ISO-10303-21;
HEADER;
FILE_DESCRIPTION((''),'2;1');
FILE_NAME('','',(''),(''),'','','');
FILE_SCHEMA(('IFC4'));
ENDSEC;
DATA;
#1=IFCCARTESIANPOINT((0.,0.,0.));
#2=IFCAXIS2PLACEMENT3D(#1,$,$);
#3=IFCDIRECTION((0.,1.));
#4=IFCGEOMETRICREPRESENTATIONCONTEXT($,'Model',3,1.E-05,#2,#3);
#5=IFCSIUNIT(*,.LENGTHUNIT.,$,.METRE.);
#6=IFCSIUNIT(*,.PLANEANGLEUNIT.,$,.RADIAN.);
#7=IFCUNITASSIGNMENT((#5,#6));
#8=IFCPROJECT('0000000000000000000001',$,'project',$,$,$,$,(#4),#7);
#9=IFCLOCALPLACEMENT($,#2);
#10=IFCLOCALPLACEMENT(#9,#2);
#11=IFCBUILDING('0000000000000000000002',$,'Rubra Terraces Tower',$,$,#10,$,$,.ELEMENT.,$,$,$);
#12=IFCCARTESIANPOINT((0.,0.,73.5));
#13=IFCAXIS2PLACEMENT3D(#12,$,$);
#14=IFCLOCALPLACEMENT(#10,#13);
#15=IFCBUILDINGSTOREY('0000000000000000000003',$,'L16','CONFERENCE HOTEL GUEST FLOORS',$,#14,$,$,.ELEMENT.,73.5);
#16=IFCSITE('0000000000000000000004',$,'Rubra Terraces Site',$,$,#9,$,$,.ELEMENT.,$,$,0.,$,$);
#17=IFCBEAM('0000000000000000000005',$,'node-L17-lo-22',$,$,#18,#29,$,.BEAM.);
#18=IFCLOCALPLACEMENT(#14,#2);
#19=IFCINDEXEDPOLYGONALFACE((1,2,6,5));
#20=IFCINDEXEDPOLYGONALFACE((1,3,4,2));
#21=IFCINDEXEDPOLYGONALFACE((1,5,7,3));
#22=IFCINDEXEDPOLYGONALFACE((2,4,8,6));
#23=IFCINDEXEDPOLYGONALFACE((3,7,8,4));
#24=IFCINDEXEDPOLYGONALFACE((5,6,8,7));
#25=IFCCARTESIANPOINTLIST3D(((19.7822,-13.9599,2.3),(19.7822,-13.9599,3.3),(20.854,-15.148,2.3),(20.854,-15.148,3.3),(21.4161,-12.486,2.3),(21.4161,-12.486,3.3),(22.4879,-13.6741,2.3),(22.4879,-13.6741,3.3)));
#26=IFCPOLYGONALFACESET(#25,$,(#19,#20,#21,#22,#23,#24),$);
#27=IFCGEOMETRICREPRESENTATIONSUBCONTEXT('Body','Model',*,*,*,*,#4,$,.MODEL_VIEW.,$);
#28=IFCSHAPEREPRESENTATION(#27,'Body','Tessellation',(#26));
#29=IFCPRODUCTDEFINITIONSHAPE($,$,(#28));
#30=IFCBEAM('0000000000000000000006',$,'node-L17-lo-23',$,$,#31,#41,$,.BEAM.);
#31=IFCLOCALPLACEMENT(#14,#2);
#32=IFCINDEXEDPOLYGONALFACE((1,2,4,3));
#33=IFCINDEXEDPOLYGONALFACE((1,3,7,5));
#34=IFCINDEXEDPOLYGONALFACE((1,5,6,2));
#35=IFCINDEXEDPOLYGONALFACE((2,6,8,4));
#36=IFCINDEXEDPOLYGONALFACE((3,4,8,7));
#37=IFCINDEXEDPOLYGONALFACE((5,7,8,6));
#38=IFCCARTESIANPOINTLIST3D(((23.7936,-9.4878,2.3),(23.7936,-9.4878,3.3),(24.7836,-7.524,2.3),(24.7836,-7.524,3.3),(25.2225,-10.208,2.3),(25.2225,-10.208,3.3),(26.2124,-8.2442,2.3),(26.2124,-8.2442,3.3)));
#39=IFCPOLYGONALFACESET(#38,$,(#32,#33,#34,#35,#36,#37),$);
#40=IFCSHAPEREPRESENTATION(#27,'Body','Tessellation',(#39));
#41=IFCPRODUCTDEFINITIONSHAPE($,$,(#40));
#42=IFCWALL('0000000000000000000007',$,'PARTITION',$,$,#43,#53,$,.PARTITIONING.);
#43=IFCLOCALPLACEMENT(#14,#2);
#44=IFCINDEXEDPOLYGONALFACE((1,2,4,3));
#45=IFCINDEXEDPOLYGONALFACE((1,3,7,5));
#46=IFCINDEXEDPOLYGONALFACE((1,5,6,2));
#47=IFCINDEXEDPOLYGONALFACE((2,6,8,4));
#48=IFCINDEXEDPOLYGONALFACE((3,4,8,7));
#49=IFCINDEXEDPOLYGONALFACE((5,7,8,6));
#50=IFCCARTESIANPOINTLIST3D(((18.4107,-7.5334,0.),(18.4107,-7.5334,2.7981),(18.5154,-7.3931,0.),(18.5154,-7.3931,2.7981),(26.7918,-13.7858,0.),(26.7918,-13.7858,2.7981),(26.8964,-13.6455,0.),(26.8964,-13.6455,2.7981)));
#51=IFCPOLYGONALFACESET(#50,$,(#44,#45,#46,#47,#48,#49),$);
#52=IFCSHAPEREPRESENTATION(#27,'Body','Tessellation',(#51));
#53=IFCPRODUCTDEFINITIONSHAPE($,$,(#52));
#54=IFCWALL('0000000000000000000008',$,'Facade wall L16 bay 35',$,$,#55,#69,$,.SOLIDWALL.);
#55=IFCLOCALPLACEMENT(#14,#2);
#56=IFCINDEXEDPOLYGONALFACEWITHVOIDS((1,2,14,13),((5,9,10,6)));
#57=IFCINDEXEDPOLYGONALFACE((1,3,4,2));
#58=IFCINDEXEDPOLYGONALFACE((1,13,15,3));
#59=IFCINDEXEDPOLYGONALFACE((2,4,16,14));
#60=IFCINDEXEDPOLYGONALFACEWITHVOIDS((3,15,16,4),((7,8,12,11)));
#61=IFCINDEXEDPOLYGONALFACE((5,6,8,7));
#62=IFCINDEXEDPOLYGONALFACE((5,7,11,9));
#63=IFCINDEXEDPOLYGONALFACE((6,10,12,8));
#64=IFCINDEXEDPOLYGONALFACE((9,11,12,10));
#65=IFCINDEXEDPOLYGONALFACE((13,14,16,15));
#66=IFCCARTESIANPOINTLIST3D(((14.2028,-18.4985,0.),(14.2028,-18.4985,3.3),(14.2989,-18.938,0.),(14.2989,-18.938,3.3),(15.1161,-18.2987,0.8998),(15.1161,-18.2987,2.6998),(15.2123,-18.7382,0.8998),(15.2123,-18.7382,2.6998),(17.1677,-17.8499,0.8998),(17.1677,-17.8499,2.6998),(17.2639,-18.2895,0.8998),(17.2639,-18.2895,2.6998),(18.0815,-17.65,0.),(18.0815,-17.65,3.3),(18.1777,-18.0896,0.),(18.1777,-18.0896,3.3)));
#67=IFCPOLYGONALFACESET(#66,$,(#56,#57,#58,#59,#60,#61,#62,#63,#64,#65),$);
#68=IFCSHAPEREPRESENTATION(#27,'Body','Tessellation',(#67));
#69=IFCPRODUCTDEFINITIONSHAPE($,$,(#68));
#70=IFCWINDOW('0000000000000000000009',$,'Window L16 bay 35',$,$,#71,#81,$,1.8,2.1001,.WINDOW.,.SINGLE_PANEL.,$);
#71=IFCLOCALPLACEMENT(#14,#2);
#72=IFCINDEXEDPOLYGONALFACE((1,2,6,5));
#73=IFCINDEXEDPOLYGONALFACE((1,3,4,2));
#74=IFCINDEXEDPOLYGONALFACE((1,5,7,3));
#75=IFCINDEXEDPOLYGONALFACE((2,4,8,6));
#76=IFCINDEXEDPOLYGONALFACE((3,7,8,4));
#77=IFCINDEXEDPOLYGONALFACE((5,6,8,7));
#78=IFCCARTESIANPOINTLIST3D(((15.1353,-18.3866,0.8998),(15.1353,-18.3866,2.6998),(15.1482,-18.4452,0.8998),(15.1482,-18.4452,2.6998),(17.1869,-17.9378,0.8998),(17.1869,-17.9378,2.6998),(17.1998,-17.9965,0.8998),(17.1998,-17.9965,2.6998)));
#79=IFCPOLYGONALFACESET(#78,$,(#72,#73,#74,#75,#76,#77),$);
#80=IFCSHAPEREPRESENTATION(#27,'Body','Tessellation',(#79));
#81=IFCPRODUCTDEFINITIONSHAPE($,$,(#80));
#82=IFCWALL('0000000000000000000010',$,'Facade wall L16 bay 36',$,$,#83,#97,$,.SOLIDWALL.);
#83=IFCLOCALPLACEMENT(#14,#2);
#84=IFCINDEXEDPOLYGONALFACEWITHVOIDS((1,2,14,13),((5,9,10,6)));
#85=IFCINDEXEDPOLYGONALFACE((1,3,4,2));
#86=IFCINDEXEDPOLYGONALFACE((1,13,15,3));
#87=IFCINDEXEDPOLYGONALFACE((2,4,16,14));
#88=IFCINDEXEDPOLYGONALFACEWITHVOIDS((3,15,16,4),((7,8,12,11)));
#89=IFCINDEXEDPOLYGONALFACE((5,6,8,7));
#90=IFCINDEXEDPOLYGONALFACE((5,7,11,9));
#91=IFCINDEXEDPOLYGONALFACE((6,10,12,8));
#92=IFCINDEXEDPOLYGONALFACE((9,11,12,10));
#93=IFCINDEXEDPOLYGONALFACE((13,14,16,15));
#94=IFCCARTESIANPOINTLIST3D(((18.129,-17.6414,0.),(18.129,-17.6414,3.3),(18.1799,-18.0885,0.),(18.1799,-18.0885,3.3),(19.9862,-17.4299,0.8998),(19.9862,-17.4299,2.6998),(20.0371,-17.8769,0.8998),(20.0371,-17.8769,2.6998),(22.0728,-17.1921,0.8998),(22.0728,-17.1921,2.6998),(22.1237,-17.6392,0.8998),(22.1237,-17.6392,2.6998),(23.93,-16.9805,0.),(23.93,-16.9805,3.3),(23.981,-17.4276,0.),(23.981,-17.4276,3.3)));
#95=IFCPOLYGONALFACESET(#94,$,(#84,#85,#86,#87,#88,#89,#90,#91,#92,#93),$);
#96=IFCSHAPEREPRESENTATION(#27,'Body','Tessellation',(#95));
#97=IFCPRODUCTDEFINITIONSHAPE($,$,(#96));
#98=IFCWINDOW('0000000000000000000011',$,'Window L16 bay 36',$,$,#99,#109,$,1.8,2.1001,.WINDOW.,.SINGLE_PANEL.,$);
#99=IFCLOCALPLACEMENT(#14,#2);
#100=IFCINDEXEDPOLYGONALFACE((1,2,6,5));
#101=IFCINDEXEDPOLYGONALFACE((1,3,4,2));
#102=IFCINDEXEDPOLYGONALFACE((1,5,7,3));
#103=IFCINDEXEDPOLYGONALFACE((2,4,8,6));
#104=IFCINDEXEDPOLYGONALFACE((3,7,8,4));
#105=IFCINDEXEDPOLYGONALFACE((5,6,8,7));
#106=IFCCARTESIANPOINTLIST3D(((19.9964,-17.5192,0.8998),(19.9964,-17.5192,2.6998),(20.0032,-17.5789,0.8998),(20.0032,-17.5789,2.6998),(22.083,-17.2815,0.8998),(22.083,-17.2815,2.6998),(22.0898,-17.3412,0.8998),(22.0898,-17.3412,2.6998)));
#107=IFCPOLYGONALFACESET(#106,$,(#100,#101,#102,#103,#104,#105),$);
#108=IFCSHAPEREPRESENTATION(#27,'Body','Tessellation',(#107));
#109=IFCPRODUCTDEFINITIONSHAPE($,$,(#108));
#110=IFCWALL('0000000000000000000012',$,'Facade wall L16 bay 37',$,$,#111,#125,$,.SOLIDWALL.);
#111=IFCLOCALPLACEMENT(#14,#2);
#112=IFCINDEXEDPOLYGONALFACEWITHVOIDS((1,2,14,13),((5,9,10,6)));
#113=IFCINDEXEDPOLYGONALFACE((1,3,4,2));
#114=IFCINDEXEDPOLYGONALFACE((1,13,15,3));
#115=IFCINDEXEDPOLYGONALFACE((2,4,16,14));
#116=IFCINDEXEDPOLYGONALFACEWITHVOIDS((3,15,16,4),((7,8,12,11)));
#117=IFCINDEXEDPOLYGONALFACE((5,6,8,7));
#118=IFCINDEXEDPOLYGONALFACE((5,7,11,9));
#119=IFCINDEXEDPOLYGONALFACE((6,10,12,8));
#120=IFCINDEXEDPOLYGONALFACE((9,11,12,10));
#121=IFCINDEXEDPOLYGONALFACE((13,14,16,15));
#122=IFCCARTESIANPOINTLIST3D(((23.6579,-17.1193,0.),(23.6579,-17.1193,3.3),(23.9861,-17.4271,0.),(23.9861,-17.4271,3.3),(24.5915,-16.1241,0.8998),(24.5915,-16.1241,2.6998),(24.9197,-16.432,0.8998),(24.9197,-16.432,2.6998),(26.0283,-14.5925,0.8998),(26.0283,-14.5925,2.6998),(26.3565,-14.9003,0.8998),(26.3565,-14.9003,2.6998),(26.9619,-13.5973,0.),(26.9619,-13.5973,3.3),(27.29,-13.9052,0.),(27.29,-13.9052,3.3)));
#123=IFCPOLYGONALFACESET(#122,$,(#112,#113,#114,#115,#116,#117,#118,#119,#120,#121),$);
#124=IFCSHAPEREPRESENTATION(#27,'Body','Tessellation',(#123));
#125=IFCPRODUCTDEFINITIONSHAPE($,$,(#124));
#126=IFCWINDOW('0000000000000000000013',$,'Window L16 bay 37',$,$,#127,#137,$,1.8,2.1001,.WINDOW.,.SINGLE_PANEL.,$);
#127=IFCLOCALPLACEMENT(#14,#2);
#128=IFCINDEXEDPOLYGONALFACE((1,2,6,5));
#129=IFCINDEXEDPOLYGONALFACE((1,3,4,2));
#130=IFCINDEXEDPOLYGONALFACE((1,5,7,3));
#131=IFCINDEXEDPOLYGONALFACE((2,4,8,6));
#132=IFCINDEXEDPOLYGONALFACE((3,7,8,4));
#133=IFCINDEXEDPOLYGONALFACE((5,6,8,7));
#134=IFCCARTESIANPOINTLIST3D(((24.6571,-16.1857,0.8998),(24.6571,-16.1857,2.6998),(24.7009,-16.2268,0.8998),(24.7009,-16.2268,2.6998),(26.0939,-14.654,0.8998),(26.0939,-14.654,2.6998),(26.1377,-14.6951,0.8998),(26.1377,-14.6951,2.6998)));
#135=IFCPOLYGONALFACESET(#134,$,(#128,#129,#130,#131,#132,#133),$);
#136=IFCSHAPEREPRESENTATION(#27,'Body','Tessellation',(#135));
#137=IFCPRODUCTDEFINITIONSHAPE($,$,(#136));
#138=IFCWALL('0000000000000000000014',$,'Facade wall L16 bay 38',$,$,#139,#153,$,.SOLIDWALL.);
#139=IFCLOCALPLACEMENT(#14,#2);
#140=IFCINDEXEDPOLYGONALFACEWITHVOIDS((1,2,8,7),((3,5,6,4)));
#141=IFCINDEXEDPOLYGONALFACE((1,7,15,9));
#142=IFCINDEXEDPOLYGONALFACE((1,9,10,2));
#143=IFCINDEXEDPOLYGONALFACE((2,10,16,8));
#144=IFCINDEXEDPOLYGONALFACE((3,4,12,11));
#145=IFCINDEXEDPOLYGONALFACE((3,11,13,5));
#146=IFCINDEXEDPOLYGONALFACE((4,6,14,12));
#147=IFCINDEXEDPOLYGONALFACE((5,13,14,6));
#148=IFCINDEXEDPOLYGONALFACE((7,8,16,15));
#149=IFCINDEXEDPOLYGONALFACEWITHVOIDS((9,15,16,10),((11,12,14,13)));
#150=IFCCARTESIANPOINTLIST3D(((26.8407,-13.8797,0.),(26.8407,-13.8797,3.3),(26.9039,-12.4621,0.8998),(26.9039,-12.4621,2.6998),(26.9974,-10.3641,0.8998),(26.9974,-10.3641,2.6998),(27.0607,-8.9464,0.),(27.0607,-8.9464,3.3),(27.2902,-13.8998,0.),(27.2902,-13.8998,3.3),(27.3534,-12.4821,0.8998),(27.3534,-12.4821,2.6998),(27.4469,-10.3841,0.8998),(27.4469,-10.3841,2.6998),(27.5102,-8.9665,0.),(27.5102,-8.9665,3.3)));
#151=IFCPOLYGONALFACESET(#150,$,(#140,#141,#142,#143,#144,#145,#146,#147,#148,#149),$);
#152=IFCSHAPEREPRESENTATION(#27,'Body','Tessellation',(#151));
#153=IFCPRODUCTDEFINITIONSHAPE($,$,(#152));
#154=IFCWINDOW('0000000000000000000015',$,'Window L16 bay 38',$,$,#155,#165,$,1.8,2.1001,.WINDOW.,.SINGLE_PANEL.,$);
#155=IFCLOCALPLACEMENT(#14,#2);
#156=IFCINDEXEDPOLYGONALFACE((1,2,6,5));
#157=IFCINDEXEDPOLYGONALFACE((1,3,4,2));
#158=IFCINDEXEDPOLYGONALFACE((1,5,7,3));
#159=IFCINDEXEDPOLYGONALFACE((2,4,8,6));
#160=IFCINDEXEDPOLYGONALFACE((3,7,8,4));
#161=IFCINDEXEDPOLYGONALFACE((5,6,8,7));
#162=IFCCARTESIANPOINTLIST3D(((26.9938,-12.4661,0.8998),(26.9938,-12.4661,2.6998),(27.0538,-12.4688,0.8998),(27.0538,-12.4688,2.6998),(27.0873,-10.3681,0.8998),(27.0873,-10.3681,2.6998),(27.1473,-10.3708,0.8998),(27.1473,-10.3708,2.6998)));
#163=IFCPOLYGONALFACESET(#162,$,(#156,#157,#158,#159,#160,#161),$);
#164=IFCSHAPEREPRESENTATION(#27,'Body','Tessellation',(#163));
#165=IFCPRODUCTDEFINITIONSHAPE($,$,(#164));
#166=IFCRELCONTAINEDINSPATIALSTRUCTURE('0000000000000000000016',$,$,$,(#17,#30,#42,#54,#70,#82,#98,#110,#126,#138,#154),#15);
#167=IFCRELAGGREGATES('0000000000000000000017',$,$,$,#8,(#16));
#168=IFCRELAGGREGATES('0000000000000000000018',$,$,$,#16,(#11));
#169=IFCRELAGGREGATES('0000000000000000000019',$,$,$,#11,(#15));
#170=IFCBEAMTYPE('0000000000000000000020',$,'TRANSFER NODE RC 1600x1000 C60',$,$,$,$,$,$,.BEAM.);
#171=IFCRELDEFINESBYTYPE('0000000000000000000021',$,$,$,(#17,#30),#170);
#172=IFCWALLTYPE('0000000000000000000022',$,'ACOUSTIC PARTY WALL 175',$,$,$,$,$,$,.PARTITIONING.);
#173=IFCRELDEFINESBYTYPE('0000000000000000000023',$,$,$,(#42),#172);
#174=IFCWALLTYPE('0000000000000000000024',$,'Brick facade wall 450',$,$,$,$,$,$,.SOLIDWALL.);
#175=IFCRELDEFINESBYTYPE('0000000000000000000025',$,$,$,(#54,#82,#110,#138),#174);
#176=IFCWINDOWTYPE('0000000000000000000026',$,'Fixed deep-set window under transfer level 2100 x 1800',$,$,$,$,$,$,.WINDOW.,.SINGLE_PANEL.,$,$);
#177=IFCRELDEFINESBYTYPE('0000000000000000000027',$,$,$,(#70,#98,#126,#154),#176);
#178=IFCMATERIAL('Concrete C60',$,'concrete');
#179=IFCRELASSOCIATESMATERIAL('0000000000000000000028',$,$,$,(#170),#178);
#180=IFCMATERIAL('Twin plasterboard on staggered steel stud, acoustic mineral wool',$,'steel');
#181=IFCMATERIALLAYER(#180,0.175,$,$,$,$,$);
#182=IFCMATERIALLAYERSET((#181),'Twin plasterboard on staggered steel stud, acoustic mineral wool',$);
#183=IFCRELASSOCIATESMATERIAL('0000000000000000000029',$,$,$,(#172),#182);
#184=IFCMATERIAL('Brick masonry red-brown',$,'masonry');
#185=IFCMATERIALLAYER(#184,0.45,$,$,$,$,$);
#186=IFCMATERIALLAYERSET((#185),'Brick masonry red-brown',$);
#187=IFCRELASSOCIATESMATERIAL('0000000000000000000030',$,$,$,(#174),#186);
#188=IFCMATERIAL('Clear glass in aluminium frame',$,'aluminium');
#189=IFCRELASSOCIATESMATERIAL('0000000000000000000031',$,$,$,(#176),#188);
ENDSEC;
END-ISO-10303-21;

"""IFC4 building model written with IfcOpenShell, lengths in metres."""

from ifc_helpers import new_model, si_unit, direction, frame, frame_2d, origin, origin_2d, place, context, subcontext, project, spatial, rectangle, extrude, material, layer, layer_set, material_profile, profile_set, type_object, element, fill, save


model = new_model("IFC4")

# Units and contexts
model_context = context("Model", 3, precision=1e-05, world=origin(), true_north=direction((0.0, 1.0)))
body_context = subcontext(model_context, "Body", "Model", "MODEL_VIEW")
ifc_project = project(units=[si_unit("LENGTHUNIT", "METRE"), si_unit("PLANEANGLEUNIT", "RADIAN")], contexts=[model_context])

# Site, building, storey
site_placement = place(None, origin())
site = spatial("IfcSite", under=ifc_project, at=site_placement, Name="Rubra Terraces Site", CompositionType="ELEMENT", RefElevation=0.0)
building_placement = place(site_placement, origin())
building = spatial("IfcBuilding", under=site, at=building_placement, Name="Rubra Terraces Tower", CompositionType="ELEMENT")
storey_placement = place(building_placement, frame((0.0, 0.0, 73.5)))
storey = spatial("IfcBuildingStorey", under=building, at=storey_placement, Name="L16", Description="CONFERENCE HOTEL GUEST FLOORS", CompositionType="ELEMENT", Elevation=73.5)

# Shared definitions
ifc_material_1 = material(Name="Concrete C60", Category="concrete")

# Beams
ifc_material_profile_1 = material_profile(ifc_material_1, rectangle(XDim=1.6001, YDim=1.0, at=origin_2d()), Name="RC 1600x1000")
ifc_profile_set_1 = profile_set([ifc_material_profile_1], Name="Concrete C60")
beam_type_1 = type_object("IfcBeamType", Name="TRANSFER NODE RC 1600x1000 C60", PredefinedType="BEAM", material=ifc_profile_set_1)
for number, where, z_axis, x_axis, name in (
    (1, (20.3181, -14.554, 2.8), (0.74251, 0.669835, 0.0), (-0.669835, 0.74251, 0.0), "node-L17-lo-22"),
):
    element("IfcBeam", number, at=place(storey_placement, frame(where, z_axis=z_axis, x_axis=x_axis)), inside=storey, type_object=beam_type_1, Name=name, PredefinedType="BEAM", context=body_context, shape_type="SweptSolid", body=[
        extrude(rectangle(XDim=1.6001, YDim=1.0, at=origin_2d()), origin(), (0.0, 0.0, 1.0), 2.2004),
    ])
beam_1_placement = place(storey_placement, frame((24.5081, -9.8479, 2.8), z_axis=(0.450142, 0.892957, 0.0), x_axis=(-0.892957, 0.450142, 0.0)))
element("IfcBeam", 2, at=beam_1_placement, inside=storey, type_object=beam_type_1, Name="node-L17-lo-23", PredefinedType="BEAM", context=body_context, shape_type="SweptSolid", body=[
    extrude(rectangle(XDim=1.6001, YDim=1.0, at=origin_2d()), origin(), (0.0, 0.0, 1.0), 2.1992),
])

# Wall
ifc_material_2 = material(Name="Twin plasterboard on staggered steel stud, acoustic mineral wool", Category="steel")
ifc_layer_1 = layer(ifc_material_2, 0.175)
ifc_layer_set_1 = layer_set([ifc_layer_1], Name="Twin plasterboard on staggered steel stud, acoustic mineral wool")
wall_type_1 = type_object("IfcWallType", Name="ACOUSTIC PARTY WALL 175", PredefinedType="PARTITIONING", material=ifc_layer_set_1)
wall_1_placement = place(storey_placement, frame((26.844, -13.7156, 0.0), z_axis=(0.0, 0.0, 1.0), x_axis=(-0.80153, 0.597955, 0.0)))
element("IfcWall", 3, at=wall_1_placement, inside=storey, type_object=wall_type_1, Name="PARTITION", PredefinedType="PARTITIONING", context=body_context, shape_type="SweptSolid", body=[
    extrude(rectangle(XDim=10.4563, YDim=0.175, at=frame_2d((5.228, 0.0))), origin(), (0.0, 0.0, 1.0), 2.7981),
])

# Walls, openings, windows
ifc_material_3 = material(Name="Brick masonry red-brown", Category="masonry")
ifc_layer_2 = layer(ifc_material_3, 0.45)
ifc_layer_set_2 = layer_set([ifc_layer_2], Name="Brick masonry red-brown")
wall_type_2 = type_object("IfcWallType", Name="Brick facade wall 450", PredefinedType="SOLIDWALL", material=ifc_layer_set_2)
wall_2_placement = place(storey_placement, frame((14.2507, -18.7183, 0.0), z_axis=(0.0, 0.0, 1.0), x_axis=(0.976904, 0.21368, 0.0)))
wall_2 = element("IfcWall", 4, at=wall_2_placement, inside=storey, type_object=wall_type_2, Name="Facade wall L16 bay 35", PredefinedType="SOLIDWALL", context=body_context, shape_type="SweptSolid", body=[
    extrude(rectangle(XDim=3.9705, YDim=0.45, at=frame_2d((1.9854, 0.0))), origin(), (0.0, 0.0, 1.0), 3.3),
])
opening_1_placement = place(wall_2_placement, frame((0.9351, 0.0, 0.8999)))
opening_1 = element("IfcOpeningElement", 5, at=opening_1_placement, cuts=wall_2, PredefinedType="OPENING", context=body_context, shape_type="SweptSolid", body=[
    extrude(rectangle(XDim=2.1001, YDim=1.8, at=frame_2d((1.05, 0.8999))), frame((0.0, 0.2349, 0.0), z_axis=(0.0, -1.0, 0.0), x_axis=(1.0, 0.0, 0.0)), (0.0, 0.0, 1.0), 0.47),
])
ifc_material_4 = material(Name="Clear glass in aluminium frame", Category="aluminium")
window_type = type_object("IfcWindowType", Name="Fixed deep-set window under transfer level 2100 x 1800", PartitioningType="SINGLE_PANEL", PredefinedType="WINDOW", material=ifc_material_4)
window_1_placement = place(opening_1_placement, origin())
window_1 = element("IfcWindow", 6, at=window_1_placement, inside=storey, type_object=window_type, Name="Window L16 bay 35", OverallHeight=1.8, OverallWidth=2.1001, PartitioningType="SINGLE_PANEL", PredefinedType="WINDOW", context=body_context, shape_type="SweptSolid", body=[
    extrude(rectangle(XDim=2.1001, YDim=1.8, at=frame_2d((1.05, 0.8999))), frame((0.0, 0.135, 0.0), z_axis=(0.0, -1.0, 0.0), x_axis=(1.0, 0.0, 0.0)), (0.0, 0.0, 1.0), 0.0601),
])
fill(opening_1, window_1)
wall_3_placement = place(storey_placement, frame((18.1543, -17.865, 0.0), z_axis=(0.0, 0.0, 1.0), x_axis=(0.993573, 0.113194, 0.0)))
wall_3 = element("IfcWall", 7, at=wall_3_placement, inside=storey, type_object=wall_type_2, Name="Facade wall L16 bay 36", PredefinedType="SOLIDWALL", context=body_context, shape_type="SweptSolid", body=[
    extrude(rectangle(XDim=5.8386, YDim=0.45, at=frame_2d((2.9194, 0.0))), origin(), (0.0, 0.0, 1.0), 3.3),
])
opening_2_placement = place(wall_3_placement, frame((1.8694, 0.0, 0.8999)))
opening_2 = element("IfcOpeningElement", 8, at=opening_2_placement, cuts=wall_3, PredefinedType="OPENING", context=body_context, shape_type="SweptSolid", body=[
    extrude(rectangle(XDim=2.1001, YDim=1.8, at=frame_2d((1.05, 0.8999))), frame((0.0, 0.2349, 0.0), z_axis=(0.0, -1.0, 0.0), x_axis=(1.0, 0.0, 0.0)), (0.0, 0.0, 1.0), 0.47),
])
window_2_placement = place(opening_2_placement, origin())
window_2 = element("IfcWindow", 9, at=window_2_placement, inside=storey, type_object=window_type, Name="Window L16 bay 36", OverallHeight=1.8, OverallWidth=2.1001, PartitioningType="SINGLE_PANEL", PredefinedType="WINDOW", context=body_context, shape_type="SweptSolid", body=[
    extrude(rectangle(XDim=2.1001, YDim=1.8, at=frame_2d((1.05, 0.8999))), frame((0.0, 0.135, 0.0), z_axis=(0.0, -1.0, 0.0), x_axis=(1.0, 0.0, 0.0)), (0.0, 0.0, 1.0), 0.0601),
])
fill(opening_2, window_2)
wall_4_placement = place(storey_placement, frame((23.822, -17.2732, 0.0), z_axis=(0.0, 0.0, 1.0), x_axis=(0.684173, 0.72932, 0.0)))
wall_4 = element("IfcWall", 10, at=wall_4_placement, inside=storey, type_object=wall_type_2, Name="Facade wall L16 bay 37", PredefinedType="SOLIDWALL", context=body_context, shape_type="SweptSolid", body=[
    extrude(rectangle(XDim=4.8291, YDim=0.45, at=frame_2d((2.4146, 0.0))), origin(), (0.0, 0.0, 1.0), 3.3),
])
opening_3_placement = place(wall_4_placement, frame((1.3645, 0.0, 0.8999)))
opening_3 = element("IfcOpeningElement", 11, at=opening_3_placement, cuts=wall_4, PredefinedType="OPENING", context=body_context, shape_type="SweptSolid", body=[
    extrude(rectangle(XDim=2.1001, YDim=1.8, at=frame_2d((1.05, 0.8999))), frame((0.0, 0.2349, 0.0), z_axis=(0.0, -1.0, 0.0), x_axis=(1.0, 0.0, 0.0)), (0.0, 0.0, 1.0), 0.47),
])
window_3_placement = place(opening_3_placement, origin())
window_3 = element("IfcWindow", 12, at=window_3_placement, inside=storey, type_object=window_type, Name="Window L16 bay 37", OverallHeight=1.8, OverallWidth=2.1001, PartitioningType="SINGLE_PANEL", PredefinedType="WINDOW", context=body_context, shape_type="SweptSolid", body=[
    extrude(rectangle(XDim=2.1001, YDim=1.8, at=frame_2d((1.05, 0.8999))), frame((0.0, 0.135, 0.0), z_axis=(0.0, -1.0, 0.0), x_axis=(1.0, 0.0, 0.0)), (0.0, 0.0, 1.0), 0.0601),
])
fill(opening_3, window_3)
wall_5_placement = place(storey_placement, frame((27.0654, -13.8899, 0.0), z_axis=(0.0, 0.0, 1.0), x_axis=(0.044544, 0.999007, 0.0)))
wall_5 = element("IfcWall", 13, at=wall_5_placement, inside=storey, type_object=wall_type_2, Name="Facade wall L16 bay 38", PredefinedType="SOLIDWALL", context=body_context, shape_type="SweptSolid", body=[
    extrude(rectangle(XDim=4.9382, YDim=0.45, at=frame_2d((2.4692, 0.0))), origin(), (0.0, 0.0, 1.0), 3.3),
])
opening_4_placement = place(wall_5_placement, frame((1.4192, 0.0, 0.8999)))
opening_4 = element("IfcOpeningElement", 14, at=opening_4_placement, cuts=wall_5, PredefinedType="OPENING", context=body_context, shape_type="SweptSolid", body=[
    extrude(rectangle(XDim=2.1001, YDim=1.8, at=frame_2d((1.05, 0.8999))), frame((0.0, 0.2349, 0.0), z_axis=(0.0, -1.0, 0.0), x_axis=(1.0, 0.0, 0.0)), (0.0, 0.0, 1.0), 0.47),
])
window_4_placement = place(opening_4_placement, origin())
window_4 = element("IfcWindow", 15, at=window_4_placement, inside=storey, type_object=window_type, Name="Window L16 bay 38", OverallHeight=1.8, OverallWidth=2.1001, PartitioningType="SINGLE_PANEL", PredefinedType="WINDOW", context=body_context, shape_type="SweptSolid", body=[
    extrude(rectangle(XDim=2.1001, YDim=1.8, at=frame_2d((1.05, 0.8999))), frame((0.0, 0.135, 0.0), z_axis=(0.0, -1.0, 0.0), x_axis=(1.0, 0.0, 0.0)), (0.0, 0.0, 1.0), 0.0601),
])
fill(opening_4, window_4)

save(model, "model.ifc")
